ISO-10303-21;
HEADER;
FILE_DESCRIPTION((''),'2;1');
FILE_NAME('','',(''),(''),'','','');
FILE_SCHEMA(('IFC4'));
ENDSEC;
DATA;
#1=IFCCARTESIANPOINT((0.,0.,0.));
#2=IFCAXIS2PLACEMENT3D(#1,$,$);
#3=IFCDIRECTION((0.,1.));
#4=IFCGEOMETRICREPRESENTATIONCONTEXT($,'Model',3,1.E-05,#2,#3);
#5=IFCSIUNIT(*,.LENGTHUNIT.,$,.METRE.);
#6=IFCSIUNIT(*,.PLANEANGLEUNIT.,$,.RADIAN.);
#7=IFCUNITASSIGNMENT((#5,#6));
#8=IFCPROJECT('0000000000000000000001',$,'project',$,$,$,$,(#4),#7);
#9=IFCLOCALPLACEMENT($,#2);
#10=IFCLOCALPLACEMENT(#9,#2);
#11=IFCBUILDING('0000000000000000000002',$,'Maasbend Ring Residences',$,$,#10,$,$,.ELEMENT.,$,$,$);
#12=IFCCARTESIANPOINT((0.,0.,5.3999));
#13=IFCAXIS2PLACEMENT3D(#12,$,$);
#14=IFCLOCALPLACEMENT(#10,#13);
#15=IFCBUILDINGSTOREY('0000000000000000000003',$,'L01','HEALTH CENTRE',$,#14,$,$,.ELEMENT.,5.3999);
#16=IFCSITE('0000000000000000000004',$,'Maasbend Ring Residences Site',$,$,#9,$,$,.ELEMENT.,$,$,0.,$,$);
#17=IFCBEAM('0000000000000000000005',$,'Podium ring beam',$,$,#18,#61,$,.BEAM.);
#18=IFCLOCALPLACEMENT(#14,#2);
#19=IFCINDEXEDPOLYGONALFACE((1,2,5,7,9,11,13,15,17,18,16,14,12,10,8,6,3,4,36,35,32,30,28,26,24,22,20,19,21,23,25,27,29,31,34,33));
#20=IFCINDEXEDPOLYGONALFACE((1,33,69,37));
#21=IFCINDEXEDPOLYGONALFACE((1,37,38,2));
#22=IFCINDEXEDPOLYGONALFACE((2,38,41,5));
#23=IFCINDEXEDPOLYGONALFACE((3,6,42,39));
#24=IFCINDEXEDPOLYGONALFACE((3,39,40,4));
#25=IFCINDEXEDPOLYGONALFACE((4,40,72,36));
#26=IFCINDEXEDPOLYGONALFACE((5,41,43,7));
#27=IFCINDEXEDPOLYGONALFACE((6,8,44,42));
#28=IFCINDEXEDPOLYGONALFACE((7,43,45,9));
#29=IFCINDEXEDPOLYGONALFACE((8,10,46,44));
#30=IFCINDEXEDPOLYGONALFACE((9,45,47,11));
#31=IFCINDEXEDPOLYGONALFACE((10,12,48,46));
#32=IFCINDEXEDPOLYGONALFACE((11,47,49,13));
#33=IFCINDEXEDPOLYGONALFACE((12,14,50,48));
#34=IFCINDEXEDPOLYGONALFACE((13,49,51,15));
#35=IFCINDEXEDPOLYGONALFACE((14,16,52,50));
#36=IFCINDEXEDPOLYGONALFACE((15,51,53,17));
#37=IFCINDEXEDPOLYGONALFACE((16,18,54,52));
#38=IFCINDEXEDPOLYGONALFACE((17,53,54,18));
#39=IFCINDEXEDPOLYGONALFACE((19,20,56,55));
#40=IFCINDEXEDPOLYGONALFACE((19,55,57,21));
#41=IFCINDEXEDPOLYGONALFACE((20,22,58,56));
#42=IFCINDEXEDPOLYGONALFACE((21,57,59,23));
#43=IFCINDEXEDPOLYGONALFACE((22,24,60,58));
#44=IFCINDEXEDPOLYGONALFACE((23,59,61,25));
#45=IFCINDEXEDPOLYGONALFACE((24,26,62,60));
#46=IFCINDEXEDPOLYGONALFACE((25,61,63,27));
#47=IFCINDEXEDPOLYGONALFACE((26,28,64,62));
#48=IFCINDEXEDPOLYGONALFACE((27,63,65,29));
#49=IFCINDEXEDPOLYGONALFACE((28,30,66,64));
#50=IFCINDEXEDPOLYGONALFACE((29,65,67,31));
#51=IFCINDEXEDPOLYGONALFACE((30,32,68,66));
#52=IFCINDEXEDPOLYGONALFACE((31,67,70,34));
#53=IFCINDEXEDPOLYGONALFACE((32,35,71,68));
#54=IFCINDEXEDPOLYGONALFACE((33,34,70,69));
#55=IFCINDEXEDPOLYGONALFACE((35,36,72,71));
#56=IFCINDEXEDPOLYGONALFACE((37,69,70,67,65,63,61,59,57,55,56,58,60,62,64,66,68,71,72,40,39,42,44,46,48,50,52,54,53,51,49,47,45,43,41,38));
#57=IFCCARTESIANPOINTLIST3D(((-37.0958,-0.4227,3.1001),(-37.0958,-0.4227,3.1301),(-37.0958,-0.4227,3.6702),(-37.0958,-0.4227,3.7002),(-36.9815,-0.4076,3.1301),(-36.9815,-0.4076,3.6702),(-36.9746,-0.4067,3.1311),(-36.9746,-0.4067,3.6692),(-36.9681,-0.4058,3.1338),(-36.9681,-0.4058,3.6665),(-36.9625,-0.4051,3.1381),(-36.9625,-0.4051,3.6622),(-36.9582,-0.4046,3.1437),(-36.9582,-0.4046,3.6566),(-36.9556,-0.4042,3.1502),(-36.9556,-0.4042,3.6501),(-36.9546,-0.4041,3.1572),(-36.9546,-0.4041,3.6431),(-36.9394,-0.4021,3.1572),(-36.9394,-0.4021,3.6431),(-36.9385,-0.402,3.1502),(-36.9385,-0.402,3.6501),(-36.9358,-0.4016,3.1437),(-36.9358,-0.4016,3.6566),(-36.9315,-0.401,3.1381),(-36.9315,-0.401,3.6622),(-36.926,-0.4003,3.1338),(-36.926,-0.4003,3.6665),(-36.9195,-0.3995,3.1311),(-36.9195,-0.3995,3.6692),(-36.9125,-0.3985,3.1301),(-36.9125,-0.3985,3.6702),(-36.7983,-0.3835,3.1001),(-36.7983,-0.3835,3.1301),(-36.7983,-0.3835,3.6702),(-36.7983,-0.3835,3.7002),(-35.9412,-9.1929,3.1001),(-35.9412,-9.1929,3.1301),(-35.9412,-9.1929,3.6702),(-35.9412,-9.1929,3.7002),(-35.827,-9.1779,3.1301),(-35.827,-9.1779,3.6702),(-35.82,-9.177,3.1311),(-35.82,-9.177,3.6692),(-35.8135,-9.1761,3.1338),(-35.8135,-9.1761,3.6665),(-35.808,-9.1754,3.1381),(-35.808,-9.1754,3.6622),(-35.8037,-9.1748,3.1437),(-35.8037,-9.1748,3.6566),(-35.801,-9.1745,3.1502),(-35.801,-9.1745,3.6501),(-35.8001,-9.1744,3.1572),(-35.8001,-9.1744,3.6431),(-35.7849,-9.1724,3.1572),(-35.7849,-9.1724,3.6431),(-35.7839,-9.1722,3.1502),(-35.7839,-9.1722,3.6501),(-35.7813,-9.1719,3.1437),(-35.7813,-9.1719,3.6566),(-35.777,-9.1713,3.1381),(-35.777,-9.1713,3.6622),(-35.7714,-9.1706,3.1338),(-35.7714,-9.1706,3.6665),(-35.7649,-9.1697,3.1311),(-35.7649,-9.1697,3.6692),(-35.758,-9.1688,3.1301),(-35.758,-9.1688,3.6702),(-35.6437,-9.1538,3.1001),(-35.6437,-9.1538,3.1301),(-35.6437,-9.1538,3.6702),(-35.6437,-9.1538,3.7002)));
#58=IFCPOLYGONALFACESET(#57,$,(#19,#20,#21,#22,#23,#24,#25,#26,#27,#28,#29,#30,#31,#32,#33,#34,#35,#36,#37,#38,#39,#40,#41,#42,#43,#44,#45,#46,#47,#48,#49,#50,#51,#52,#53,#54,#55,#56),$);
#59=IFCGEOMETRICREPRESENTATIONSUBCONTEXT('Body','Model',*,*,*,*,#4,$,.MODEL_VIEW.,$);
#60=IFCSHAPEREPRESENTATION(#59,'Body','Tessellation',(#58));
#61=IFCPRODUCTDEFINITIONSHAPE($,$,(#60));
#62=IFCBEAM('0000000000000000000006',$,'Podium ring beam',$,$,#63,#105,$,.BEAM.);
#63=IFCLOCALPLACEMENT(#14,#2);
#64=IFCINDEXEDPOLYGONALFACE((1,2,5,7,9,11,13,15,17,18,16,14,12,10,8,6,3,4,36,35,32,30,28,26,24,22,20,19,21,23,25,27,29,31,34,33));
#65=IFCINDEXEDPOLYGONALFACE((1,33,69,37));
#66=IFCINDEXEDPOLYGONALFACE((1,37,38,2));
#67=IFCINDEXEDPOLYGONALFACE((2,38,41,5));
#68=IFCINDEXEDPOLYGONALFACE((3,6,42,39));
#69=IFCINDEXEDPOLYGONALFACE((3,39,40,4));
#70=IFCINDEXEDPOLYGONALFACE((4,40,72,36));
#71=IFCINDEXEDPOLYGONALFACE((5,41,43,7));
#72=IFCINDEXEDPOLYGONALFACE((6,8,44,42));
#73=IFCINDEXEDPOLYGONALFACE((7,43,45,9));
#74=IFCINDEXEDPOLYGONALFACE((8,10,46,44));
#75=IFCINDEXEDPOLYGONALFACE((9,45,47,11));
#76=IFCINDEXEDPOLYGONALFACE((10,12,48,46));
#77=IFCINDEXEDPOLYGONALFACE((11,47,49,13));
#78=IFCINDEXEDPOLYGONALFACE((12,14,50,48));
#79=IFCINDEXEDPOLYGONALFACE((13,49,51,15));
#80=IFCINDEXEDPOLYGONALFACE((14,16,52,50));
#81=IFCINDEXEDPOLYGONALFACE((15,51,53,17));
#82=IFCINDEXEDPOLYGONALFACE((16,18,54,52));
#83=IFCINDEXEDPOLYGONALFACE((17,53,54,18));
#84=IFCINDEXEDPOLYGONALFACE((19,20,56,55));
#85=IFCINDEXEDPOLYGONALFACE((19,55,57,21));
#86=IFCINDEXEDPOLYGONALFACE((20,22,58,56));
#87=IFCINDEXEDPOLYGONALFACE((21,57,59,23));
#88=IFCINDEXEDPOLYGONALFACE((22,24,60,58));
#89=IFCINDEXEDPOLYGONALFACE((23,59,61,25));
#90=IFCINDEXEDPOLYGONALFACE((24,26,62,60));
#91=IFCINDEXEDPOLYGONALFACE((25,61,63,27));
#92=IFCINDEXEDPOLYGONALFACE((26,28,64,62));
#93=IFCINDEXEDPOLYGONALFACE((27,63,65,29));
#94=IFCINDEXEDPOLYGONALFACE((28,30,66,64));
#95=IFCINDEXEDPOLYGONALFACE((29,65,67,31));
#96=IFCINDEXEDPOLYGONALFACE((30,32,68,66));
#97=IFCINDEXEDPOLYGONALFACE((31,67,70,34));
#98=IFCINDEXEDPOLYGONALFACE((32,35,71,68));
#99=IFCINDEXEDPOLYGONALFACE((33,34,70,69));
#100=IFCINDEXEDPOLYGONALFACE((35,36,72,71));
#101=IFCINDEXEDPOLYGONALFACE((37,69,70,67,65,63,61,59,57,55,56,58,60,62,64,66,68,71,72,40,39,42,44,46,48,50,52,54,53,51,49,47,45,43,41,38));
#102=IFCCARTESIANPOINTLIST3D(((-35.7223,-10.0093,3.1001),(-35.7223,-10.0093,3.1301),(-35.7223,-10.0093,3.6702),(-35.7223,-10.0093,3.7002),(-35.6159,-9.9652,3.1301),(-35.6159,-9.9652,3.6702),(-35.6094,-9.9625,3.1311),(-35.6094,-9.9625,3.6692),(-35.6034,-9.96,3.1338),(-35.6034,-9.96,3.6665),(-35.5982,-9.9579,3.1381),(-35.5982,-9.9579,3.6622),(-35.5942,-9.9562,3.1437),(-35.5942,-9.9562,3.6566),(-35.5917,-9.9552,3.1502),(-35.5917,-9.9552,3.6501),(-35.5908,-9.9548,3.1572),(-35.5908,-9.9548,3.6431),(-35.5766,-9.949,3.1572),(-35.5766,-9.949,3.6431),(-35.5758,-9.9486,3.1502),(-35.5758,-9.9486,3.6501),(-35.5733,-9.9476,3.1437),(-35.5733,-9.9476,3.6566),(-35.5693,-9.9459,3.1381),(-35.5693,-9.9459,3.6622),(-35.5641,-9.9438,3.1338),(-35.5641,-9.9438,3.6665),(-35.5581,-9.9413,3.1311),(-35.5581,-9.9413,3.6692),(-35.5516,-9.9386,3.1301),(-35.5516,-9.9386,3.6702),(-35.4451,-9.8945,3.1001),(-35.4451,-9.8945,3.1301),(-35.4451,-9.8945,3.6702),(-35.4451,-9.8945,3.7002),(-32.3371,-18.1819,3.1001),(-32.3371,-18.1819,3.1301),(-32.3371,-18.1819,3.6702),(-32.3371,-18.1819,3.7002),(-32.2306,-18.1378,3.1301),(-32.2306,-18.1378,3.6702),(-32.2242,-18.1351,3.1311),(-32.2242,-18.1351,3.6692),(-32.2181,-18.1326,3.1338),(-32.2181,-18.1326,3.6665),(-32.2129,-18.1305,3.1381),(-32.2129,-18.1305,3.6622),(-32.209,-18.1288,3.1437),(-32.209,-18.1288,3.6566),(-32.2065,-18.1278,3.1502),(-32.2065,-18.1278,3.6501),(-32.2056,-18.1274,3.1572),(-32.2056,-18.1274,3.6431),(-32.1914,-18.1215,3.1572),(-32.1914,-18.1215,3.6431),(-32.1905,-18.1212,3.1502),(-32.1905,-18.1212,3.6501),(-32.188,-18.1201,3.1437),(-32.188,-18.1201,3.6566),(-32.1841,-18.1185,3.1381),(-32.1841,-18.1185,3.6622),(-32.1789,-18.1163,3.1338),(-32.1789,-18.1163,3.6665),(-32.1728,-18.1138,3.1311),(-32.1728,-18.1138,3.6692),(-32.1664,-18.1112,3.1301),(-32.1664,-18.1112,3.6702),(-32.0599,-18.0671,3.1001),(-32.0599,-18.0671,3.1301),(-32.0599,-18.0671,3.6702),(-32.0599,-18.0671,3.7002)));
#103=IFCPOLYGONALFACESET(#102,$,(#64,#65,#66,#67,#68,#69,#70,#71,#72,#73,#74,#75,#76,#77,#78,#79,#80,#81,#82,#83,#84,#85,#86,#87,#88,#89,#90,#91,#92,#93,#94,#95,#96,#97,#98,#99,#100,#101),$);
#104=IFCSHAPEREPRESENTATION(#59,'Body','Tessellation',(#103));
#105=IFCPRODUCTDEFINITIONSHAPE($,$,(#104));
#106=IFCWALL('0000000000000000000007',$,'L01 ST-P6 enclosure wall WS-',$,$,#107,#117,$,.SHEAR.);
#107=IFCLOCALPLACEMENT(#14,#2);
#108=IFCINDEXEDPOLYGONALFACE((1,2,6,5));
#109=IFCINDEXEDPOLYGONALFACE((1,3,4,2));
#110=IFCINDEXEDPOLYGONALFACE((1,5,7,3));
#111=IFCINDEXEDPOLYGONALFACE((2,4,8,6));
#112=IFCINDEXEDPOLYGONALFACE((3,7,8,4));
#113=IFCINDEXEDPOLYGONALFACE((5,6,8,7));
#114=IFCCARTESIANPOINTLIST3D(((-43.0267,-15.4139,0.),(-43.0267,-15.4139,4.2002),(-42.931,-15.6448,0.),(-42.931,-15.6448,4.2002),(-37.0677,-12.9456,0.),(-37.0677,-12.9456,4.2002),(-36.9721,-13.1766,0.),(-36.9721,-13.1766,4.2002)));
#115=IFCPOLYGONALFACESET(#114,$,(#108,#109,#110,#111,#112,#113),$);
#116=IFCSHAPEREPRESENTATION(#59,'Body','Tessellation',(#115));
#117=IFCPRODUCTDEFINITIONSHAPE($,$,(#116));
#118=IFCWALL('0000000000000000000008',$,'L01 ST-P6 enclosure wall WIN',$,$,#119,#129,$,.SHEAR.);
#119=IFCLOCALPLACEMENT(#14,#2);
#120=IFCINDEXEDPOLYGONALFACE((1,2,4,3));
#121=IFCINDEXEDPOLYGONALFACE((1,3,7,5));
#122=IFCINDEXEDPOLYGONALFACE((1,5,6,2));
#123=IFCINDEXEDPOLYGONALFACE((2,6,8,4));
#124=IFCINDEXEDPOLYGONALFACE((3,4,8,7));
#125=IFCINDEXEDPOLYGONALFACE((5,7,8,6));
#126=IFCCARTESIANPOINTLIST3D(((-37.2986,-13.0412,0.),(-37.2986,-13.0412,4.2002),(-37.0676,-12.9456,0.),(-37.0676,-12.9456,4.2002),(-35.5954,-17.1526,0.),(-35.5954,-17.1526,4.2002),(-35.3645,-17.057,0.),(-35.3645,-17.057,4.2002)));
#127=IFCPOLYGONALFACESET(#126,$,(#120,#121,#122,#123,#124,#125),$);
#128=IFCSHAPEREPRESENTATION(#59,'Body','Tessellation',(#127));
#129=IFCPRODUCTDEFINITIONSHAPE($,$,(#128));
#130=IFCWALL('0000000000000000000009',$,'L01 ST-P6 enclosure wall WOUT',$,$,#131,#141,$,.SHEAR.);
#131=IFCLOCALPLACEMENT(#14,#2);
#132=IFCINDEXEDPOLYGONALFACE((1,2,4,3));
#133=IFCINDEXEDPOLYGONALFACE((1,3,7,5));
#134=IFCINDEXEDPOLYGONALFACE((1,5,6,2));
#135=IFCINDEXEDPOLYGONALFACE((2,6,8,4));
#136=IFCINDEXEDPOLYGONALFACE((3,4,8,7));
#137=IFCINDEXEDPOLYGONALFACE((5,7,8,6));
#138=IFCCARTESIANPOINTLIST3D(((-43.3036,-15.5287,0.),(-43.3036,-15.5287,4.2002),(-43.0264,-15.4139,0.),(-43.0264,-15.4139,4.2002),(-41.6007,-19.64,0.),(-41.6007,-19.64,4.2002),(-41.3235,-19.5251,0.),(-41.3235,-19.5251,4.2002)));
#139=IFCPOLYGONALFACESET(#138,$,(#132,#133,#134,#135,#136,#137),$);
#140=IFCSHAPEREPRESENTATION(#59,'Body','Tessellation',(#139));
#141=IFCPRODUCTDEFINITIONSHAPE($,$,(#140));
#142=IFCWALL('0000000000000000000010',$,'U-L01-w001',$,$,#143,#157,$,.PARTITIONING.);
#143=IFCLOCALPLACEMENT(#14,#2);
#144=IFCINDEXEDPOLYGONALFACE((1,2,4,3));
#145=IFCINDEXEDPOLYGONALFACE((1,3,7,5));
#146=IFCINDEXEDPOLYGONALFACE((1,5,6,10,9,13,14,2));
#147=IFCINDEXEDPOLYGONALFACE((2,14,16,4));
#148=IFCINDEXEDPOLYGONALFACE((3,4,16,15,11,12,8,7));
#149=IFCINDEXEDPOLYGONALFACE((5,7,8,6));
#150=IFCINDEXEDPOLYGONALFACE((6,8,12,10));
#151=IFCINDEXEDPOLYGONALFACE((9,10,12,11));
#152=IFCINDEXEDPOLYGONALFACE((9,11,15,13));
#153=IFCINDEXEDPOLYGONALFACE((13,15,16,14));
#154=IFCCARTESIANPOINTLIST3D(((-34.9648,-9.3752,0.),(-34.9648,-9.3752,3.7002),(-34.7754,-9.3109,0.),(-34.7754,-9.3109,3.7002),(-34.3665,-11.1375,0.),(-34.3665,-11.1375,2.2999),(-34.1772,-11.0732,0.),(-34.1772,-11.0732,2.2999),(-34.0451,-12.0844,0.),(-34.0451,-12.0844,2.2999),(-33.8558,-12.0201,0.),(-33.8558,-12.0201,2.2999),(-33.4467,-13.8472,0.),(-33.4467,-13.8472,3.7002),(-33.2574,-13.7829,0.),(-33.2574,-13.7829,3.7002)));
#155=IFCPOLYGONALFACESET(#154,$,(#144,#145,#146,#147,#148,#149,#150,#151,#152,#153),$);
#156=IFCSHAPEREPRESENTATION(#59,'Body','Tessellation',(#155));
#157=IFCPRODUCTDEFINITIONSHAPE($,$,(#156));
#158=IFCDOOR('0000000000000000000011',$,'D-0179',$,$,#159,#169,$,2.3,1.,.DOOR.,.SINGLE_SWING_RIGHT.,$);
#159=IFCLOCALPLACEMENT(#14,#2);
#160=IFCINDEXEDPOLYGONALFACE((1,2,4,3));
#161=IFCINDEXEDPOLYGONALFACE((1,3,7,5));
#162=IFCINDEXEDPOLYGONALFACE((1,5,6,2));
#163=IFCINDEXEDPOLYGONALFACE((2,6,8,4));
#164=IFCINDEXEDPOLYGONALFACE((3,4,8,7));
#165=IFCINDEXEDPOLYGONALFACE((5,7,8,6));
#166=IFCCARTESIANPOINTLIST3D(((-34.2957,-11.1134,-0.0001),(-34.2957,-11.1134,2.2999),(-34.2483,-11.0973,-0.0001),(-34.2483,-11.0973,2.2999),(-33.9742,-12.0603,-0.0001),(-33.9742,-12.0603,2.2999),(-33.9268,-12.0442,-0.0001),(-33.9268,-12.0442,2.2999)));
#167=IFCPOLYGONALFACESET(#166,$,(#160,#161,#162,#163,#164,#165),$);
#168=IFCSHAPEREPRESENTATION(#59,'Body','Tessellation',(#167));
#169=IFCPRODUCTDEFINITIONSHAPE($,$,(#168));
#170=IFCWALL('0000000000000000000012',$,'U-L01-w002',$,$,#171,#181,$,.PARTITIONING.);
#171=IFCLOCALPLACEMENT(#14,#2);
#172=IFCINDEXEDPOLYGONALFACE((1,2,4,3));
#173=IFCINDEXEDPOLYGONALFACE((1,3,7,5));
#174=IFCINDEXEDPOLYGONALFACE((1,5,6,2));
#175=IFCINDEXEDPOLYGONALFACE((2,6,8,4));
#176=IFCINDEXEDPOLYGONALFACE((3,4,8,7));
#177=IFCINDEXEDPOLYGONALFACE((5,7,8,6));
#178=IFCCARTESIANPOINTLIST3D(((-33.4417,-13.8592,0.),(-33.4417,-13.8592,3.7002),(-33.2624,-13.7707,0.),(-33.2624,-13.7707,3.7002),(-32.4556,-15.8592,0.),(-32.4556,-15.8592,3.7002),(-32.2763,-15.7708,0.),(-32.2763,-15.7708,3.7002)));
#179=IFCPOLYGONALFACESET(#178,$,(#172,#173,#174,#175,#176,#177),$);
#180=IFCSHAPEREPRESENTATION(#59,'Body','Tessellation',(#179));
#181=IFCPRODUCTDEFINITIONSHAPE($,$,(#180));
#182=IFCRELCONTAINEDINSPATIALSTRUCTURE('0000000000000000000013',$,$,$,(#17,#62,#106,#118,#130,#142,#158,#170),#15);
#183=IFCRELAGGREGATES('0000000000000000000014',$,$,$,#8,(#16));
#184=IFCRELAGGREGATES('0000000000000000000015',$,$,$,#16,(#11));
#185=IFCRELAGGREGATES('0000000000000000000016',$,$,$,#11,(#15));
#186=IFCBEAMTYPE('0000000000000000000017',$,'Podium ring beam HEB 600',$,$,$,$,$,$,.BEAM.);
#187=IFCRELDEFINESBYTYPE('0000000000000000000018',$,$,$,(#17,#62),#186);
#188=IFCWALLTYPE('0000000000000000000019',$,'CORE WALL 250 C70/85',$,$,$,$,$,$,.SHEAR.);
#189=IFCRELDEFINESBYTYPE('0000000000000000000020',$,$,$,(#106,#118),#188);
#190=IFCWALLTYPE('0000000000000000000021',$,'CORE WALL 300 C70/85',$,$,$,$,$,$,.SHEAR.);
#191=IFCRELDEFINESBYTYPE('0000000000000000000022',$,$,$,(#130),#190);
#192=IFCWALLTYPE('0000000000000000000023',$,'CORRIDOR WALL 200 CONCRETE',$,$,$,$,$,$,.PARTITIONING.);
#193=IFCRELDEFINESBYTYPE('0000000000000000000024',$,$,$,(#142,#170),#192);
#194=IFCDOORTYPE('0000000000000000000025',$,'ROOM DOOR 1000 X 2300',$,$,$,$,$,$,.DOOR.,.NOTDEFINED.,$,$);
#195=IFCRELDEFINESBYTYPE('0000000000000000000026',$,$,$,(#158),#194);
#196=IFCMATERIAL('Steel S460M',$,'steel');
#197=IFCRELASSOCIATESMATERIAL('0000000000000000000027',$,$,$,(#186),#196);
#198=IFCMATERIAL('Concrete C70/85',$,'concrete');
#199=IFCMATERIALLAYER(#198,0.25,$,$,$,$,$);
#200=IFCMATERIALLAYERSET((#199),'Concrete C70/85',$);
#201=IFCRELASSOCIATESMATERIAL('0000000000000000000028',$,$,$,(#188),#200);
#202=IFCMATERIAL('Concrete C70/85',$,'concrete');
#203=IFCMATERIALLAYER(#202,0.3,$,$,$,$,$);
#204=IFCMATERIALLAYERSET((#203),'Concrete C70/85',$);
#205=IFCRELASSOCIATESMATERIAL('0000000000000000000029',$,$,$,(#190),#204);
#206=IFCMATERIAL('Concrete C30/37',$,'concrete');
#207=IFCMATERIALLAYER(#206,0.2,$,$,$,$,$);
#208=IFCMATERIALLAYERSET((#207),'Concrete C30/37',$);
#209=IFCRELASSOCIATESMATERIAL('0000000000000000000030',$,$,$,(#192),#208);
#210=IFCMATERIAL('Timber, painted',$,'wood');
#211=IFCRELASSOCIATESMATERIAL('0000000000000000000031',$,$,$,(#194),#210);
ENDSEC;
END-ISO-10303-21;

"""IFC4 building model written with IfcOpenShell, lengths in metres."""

from ifc_helpers import new_model, si_unit, direction, frame, frame_2d, origin, origin_2d, place, context, subcontext, project, spatial, rectangle, i_section, extrude, material, layer, layer_set, material_profile, profile_set, type_object, element, fill, save


model = new_model("IFC4")

# Units and contexts
model_context = context("Model", 3, precision=1e-05, world=origin(), true_north=direction((0.0, 1.0)))
body_context = subcontext(model_context, "Body", "Model", "MODEL_VIEW")
ifc_project = project(units=[si_unit("LENGTHUNIT", "METRE"), si_unit("PLANEANGLEUNIT", "RADIAN")], contexts=[model_context])

# Site, building, storey
site_placement = place(None, origin())
site = spatial("IfcSite", under=ifc_project, at=site_placement, Name="Maasbend Ring Residences Site", CompositionType="ELEMENT", RefElevation=0.0)
building_placement = place(site_placement, origin())
building = spatial("IfcBuilding", under=site, at=building_placement, Name="Maasbend Ring Residences", CompositionType="ELEMENT")
storey_placement = place(building_placement, frame((0.0, 0.0, 5.3999)))
storey = spatial("IfcBuildingStorey", under=building, at=storey_placement, Name="L01", Description="HEALTH CENTRE", CompositionType="ELEMENT", Elevation=5.3999)

# Beams
ifc_material_1 = material(Name="Steel S460M", Category="steel")
ifc_material_profile_1 = material_profile(ifc_material_1, i_section(OverallWidth=0.3, OverallDepth=0.6001, WebThickness=0.0154, FlangeThickness=0.03, FilletRadius=0.0271, at=origin_2d()), Name="HEB 600")
ifc_profile_set_1 = profile_set([ifc_material_profile_1], Name="Steel S460M")
beam_type_1 = type_object("IfcBeamType", Name="Podium ring beam HEB 600", PredefinedType="BEAM", material=ifc_profile_set_1)
for number, where, z_axis, x_axis, name in (
    (1, (-36.947, -0.4031, 3.4001), (0.130517, -0.991446, 0.0), (0.991446, 0.130517, 0.0), "Podium ring beam"),
    (2, (-35.5837, -9.9519, 3.4001), (0.382688, -0.923878, 0.0), (0.923878, 0.382688, 0.0), "Podium ring beam"),
):
    element("IfcBeam", number, at=place(storey_placement, frame(where, z_axis=z_axis, x_axis=x_axis)), inside=storey, type_object=beam_type_1, Name=name, PredefinedType="BEAM", context=body_context, shape_type="SweptSolid", body=[
        extrude(i_section(OverallWidth=0.3, OverallDepth=0.6001, WebThickness=0.0154, FlangeThickness=0.03, FilletRadius=0.0271, at=origin_2d()), origin(), (0.0, 0.0, 1.0), 8.8459),
    ])

# Walls
ifc_material_2 = material(Name="Concrete C70/85", Category="concrete")
ifc_layer_1 = layer(ifc_material_2, 0.25)
ifc_layer_set_1 = layer_set([ifc_layer_1], Name="Concrete C70/85")
wall_type_1 = type_object("IfcWallType", Name="CORE WALL 250 C70/85", PredefinedType="SHEAR", material=ifc_layer_set_1)
wall_1_placement = place(storey_placement, frame((-37.0198, -13.061, 0.0), z_axis=(0.0, 0.0, 1.0), x_axis=(-0.923881, -0.382679, 0.0)))
element("IfcWall", 3, at=wall_1_placement, inside=storey, type_object=wall_type_1, Name="L01 ST-P6 enclosure wall WS-", PredefinedType="SHEAR", context=body_context, shape_type="SweptSolid", body=[
    extrude(rectangle(XDim=6.45, YDim=0.25, at=frame_2d((3.2251, 0.0))), origin(), (0.0, 0.0, 1.0), 4.2002),
])
wall_2_placement = place(storey_placement, frame((-37.1831, -12.9934, 0.0), z_axis=(0.0, 0.0, 1.0), x_axis=(0.382714, -0.923867, 0.0)))
element("IfcWall", 4, at=wall_2_placement, inside=storey, type_object=wall_type_1, Name="L01 ST-P6 enclosure wall WIN", PredefinedType="SHEAR", context=body_context, shape_type="SweptSolid", body=[
    extrude(rectangle(XDim=4.4502, YDim=0.25, at=frame_2d((2.2251, 0.0))), origin(), (0.0, 0.0, 1.0), 4.2002),
])
ifc_material_3 = material(Name="Concrete C70/85", Category="concrete")
ifc_layer_2 = layer(ifc_material_3, 0.3)
ifc_layer_set_2 = layer_set([ifc_layer_2], Name="Concrete C70/85")
wall_type_2 = type_object("IfcWallType", Name="CORE WALL 300 C70/85", PredefinedType="SHEAR", material=ifc_layer_set_2)
wall_3_placement = place(storey_placement, frame((-43.165, -15.4712, 0.0), z_axis=(0.0, 0.0, 1.0), x_axis=(0.382667, -0.923886, 0.0)))
element("IfcWall", 5, at=wall_3_placement, inside=storey, type_object=wall_type_2, Name="L01 ST-P6 enclosure wall WOUT", PredefinedType="SHEAR", context=body_context, shape_type="SweptSolid", body=[
    extrude(rectangle(XDim=4.45, YDim=0.3, at=frame_2d((2.2251, 0.0))), origin(), (0.0, 0.0, 1.0), 4.2002),
])

# Wall, opening, door
ifc_material_4 = material(Name="Concrete C30/37", Category="concrete")
ifc_layer_3 = layer(ifc_material_4, 0.2)
ifc_layer_set_3 = layer_set([ifc_layer_3], Name="Concrete C30/37")
wall_type_3 = type_object("IfcWallType", Name="CORRIDOR WALL 200 CONCRETE", PredefinedType="PARTITIONING", material=ifc_layer_set_3)
wall_4_placement = place(storey_placement, frame((-34.8701, -9.343, 0.0), z_axis=(0.0, 0.0, 1.0), x_axis=(0.321449, -0.946927, 0.0)))
wall_4 = element("IfcWall", 6, at=wall_4_placement, inside=storey, type_object=wall_type_3, Name="U-L01-w001", PredefinedType="PARTITIONING", context=body_context, shape_type="SweptSolid", body=[
    extrude(rectangle(XDim=4.7227, YDim=0.2, at=frame_2d((2.3613, 0.0))), origin(), (0.0, 0.0, 1.0), 3.7002),
])
opening_1_placement = place(wall_4_placement, frame((1.8611, 0.0, 0.0)))
opening_1 = element("IfcOpeningElement", 7, at=opening_1_placement, cuts=wall_4, PredefinedType="OPENING", context=body_context, shape_type="SweptSolid", body=[
    extrude(rectangle(XDim=1.0, YDim=2.3, at=frame_2d((0.5, 1.1499))), frame((0.0, 0.1099, 0.0), z_axis=(0.0, -1.0, 0.0), x_axis=(1.0, 0.0, 0.0)), (0.0, 0.0, 1.0), 0.22),
])
ifc_material_5 = material(Name="Timber, painted", Category="wood")
door_type = type_object("IfcDoorType", Name="ROOM DOOR 1000 X 2300", OperationType="NOTDEFINED", PredefinedType="DOOR", material=ifc_material_5)
door_placement = place(opening_1_placement, origin())
door = element("IfcDoor", 8, at=door_placement, inside=storey, type_object=door_type, Name="D-0179", OperationType="SINGLE_SWING_RIGHT", OverallHeight=2.3, OverallWidth=1.0, PredefinedType="DOOR", context=body_context, shape_type="SweptSolid", body=[
    extrude(rectangle(XDim=1.0, YDim=2.3, at=frame_2d((0.5, 1.1499))), frame((0.0, 0.0249, 0.0), z_axis=(0.0, -1.0, 0.0), x_axis=(1.0, 0.0, 0.0)), (0.0, 0.0, 1.0), 0.05),
])
fill(opening_1, door)

# Wall
wall_5_placement = place(storey_placement, frame((-33.3521, -13.8149, 0.0), z_axis=(0.0, 0.0, 1.0), x_axis=(0.442214, -0.89691, 0.0)))
element("IfcWall", 9, at=wall_5_placement, inside=storey, type_object=wall_type_3, Name="U-L01-w002", PredefinedType="PARTITIONING", context=body_context, shape_type="SweptSolid", body=[
    extrude(rectangle(XDim=2.23, YDim=0.2, at=frame_2d((1.115, 0.0))), origin(), (0.0, 0.0, 1.0), 3.7002),
])

save(model, "model.ifc")
